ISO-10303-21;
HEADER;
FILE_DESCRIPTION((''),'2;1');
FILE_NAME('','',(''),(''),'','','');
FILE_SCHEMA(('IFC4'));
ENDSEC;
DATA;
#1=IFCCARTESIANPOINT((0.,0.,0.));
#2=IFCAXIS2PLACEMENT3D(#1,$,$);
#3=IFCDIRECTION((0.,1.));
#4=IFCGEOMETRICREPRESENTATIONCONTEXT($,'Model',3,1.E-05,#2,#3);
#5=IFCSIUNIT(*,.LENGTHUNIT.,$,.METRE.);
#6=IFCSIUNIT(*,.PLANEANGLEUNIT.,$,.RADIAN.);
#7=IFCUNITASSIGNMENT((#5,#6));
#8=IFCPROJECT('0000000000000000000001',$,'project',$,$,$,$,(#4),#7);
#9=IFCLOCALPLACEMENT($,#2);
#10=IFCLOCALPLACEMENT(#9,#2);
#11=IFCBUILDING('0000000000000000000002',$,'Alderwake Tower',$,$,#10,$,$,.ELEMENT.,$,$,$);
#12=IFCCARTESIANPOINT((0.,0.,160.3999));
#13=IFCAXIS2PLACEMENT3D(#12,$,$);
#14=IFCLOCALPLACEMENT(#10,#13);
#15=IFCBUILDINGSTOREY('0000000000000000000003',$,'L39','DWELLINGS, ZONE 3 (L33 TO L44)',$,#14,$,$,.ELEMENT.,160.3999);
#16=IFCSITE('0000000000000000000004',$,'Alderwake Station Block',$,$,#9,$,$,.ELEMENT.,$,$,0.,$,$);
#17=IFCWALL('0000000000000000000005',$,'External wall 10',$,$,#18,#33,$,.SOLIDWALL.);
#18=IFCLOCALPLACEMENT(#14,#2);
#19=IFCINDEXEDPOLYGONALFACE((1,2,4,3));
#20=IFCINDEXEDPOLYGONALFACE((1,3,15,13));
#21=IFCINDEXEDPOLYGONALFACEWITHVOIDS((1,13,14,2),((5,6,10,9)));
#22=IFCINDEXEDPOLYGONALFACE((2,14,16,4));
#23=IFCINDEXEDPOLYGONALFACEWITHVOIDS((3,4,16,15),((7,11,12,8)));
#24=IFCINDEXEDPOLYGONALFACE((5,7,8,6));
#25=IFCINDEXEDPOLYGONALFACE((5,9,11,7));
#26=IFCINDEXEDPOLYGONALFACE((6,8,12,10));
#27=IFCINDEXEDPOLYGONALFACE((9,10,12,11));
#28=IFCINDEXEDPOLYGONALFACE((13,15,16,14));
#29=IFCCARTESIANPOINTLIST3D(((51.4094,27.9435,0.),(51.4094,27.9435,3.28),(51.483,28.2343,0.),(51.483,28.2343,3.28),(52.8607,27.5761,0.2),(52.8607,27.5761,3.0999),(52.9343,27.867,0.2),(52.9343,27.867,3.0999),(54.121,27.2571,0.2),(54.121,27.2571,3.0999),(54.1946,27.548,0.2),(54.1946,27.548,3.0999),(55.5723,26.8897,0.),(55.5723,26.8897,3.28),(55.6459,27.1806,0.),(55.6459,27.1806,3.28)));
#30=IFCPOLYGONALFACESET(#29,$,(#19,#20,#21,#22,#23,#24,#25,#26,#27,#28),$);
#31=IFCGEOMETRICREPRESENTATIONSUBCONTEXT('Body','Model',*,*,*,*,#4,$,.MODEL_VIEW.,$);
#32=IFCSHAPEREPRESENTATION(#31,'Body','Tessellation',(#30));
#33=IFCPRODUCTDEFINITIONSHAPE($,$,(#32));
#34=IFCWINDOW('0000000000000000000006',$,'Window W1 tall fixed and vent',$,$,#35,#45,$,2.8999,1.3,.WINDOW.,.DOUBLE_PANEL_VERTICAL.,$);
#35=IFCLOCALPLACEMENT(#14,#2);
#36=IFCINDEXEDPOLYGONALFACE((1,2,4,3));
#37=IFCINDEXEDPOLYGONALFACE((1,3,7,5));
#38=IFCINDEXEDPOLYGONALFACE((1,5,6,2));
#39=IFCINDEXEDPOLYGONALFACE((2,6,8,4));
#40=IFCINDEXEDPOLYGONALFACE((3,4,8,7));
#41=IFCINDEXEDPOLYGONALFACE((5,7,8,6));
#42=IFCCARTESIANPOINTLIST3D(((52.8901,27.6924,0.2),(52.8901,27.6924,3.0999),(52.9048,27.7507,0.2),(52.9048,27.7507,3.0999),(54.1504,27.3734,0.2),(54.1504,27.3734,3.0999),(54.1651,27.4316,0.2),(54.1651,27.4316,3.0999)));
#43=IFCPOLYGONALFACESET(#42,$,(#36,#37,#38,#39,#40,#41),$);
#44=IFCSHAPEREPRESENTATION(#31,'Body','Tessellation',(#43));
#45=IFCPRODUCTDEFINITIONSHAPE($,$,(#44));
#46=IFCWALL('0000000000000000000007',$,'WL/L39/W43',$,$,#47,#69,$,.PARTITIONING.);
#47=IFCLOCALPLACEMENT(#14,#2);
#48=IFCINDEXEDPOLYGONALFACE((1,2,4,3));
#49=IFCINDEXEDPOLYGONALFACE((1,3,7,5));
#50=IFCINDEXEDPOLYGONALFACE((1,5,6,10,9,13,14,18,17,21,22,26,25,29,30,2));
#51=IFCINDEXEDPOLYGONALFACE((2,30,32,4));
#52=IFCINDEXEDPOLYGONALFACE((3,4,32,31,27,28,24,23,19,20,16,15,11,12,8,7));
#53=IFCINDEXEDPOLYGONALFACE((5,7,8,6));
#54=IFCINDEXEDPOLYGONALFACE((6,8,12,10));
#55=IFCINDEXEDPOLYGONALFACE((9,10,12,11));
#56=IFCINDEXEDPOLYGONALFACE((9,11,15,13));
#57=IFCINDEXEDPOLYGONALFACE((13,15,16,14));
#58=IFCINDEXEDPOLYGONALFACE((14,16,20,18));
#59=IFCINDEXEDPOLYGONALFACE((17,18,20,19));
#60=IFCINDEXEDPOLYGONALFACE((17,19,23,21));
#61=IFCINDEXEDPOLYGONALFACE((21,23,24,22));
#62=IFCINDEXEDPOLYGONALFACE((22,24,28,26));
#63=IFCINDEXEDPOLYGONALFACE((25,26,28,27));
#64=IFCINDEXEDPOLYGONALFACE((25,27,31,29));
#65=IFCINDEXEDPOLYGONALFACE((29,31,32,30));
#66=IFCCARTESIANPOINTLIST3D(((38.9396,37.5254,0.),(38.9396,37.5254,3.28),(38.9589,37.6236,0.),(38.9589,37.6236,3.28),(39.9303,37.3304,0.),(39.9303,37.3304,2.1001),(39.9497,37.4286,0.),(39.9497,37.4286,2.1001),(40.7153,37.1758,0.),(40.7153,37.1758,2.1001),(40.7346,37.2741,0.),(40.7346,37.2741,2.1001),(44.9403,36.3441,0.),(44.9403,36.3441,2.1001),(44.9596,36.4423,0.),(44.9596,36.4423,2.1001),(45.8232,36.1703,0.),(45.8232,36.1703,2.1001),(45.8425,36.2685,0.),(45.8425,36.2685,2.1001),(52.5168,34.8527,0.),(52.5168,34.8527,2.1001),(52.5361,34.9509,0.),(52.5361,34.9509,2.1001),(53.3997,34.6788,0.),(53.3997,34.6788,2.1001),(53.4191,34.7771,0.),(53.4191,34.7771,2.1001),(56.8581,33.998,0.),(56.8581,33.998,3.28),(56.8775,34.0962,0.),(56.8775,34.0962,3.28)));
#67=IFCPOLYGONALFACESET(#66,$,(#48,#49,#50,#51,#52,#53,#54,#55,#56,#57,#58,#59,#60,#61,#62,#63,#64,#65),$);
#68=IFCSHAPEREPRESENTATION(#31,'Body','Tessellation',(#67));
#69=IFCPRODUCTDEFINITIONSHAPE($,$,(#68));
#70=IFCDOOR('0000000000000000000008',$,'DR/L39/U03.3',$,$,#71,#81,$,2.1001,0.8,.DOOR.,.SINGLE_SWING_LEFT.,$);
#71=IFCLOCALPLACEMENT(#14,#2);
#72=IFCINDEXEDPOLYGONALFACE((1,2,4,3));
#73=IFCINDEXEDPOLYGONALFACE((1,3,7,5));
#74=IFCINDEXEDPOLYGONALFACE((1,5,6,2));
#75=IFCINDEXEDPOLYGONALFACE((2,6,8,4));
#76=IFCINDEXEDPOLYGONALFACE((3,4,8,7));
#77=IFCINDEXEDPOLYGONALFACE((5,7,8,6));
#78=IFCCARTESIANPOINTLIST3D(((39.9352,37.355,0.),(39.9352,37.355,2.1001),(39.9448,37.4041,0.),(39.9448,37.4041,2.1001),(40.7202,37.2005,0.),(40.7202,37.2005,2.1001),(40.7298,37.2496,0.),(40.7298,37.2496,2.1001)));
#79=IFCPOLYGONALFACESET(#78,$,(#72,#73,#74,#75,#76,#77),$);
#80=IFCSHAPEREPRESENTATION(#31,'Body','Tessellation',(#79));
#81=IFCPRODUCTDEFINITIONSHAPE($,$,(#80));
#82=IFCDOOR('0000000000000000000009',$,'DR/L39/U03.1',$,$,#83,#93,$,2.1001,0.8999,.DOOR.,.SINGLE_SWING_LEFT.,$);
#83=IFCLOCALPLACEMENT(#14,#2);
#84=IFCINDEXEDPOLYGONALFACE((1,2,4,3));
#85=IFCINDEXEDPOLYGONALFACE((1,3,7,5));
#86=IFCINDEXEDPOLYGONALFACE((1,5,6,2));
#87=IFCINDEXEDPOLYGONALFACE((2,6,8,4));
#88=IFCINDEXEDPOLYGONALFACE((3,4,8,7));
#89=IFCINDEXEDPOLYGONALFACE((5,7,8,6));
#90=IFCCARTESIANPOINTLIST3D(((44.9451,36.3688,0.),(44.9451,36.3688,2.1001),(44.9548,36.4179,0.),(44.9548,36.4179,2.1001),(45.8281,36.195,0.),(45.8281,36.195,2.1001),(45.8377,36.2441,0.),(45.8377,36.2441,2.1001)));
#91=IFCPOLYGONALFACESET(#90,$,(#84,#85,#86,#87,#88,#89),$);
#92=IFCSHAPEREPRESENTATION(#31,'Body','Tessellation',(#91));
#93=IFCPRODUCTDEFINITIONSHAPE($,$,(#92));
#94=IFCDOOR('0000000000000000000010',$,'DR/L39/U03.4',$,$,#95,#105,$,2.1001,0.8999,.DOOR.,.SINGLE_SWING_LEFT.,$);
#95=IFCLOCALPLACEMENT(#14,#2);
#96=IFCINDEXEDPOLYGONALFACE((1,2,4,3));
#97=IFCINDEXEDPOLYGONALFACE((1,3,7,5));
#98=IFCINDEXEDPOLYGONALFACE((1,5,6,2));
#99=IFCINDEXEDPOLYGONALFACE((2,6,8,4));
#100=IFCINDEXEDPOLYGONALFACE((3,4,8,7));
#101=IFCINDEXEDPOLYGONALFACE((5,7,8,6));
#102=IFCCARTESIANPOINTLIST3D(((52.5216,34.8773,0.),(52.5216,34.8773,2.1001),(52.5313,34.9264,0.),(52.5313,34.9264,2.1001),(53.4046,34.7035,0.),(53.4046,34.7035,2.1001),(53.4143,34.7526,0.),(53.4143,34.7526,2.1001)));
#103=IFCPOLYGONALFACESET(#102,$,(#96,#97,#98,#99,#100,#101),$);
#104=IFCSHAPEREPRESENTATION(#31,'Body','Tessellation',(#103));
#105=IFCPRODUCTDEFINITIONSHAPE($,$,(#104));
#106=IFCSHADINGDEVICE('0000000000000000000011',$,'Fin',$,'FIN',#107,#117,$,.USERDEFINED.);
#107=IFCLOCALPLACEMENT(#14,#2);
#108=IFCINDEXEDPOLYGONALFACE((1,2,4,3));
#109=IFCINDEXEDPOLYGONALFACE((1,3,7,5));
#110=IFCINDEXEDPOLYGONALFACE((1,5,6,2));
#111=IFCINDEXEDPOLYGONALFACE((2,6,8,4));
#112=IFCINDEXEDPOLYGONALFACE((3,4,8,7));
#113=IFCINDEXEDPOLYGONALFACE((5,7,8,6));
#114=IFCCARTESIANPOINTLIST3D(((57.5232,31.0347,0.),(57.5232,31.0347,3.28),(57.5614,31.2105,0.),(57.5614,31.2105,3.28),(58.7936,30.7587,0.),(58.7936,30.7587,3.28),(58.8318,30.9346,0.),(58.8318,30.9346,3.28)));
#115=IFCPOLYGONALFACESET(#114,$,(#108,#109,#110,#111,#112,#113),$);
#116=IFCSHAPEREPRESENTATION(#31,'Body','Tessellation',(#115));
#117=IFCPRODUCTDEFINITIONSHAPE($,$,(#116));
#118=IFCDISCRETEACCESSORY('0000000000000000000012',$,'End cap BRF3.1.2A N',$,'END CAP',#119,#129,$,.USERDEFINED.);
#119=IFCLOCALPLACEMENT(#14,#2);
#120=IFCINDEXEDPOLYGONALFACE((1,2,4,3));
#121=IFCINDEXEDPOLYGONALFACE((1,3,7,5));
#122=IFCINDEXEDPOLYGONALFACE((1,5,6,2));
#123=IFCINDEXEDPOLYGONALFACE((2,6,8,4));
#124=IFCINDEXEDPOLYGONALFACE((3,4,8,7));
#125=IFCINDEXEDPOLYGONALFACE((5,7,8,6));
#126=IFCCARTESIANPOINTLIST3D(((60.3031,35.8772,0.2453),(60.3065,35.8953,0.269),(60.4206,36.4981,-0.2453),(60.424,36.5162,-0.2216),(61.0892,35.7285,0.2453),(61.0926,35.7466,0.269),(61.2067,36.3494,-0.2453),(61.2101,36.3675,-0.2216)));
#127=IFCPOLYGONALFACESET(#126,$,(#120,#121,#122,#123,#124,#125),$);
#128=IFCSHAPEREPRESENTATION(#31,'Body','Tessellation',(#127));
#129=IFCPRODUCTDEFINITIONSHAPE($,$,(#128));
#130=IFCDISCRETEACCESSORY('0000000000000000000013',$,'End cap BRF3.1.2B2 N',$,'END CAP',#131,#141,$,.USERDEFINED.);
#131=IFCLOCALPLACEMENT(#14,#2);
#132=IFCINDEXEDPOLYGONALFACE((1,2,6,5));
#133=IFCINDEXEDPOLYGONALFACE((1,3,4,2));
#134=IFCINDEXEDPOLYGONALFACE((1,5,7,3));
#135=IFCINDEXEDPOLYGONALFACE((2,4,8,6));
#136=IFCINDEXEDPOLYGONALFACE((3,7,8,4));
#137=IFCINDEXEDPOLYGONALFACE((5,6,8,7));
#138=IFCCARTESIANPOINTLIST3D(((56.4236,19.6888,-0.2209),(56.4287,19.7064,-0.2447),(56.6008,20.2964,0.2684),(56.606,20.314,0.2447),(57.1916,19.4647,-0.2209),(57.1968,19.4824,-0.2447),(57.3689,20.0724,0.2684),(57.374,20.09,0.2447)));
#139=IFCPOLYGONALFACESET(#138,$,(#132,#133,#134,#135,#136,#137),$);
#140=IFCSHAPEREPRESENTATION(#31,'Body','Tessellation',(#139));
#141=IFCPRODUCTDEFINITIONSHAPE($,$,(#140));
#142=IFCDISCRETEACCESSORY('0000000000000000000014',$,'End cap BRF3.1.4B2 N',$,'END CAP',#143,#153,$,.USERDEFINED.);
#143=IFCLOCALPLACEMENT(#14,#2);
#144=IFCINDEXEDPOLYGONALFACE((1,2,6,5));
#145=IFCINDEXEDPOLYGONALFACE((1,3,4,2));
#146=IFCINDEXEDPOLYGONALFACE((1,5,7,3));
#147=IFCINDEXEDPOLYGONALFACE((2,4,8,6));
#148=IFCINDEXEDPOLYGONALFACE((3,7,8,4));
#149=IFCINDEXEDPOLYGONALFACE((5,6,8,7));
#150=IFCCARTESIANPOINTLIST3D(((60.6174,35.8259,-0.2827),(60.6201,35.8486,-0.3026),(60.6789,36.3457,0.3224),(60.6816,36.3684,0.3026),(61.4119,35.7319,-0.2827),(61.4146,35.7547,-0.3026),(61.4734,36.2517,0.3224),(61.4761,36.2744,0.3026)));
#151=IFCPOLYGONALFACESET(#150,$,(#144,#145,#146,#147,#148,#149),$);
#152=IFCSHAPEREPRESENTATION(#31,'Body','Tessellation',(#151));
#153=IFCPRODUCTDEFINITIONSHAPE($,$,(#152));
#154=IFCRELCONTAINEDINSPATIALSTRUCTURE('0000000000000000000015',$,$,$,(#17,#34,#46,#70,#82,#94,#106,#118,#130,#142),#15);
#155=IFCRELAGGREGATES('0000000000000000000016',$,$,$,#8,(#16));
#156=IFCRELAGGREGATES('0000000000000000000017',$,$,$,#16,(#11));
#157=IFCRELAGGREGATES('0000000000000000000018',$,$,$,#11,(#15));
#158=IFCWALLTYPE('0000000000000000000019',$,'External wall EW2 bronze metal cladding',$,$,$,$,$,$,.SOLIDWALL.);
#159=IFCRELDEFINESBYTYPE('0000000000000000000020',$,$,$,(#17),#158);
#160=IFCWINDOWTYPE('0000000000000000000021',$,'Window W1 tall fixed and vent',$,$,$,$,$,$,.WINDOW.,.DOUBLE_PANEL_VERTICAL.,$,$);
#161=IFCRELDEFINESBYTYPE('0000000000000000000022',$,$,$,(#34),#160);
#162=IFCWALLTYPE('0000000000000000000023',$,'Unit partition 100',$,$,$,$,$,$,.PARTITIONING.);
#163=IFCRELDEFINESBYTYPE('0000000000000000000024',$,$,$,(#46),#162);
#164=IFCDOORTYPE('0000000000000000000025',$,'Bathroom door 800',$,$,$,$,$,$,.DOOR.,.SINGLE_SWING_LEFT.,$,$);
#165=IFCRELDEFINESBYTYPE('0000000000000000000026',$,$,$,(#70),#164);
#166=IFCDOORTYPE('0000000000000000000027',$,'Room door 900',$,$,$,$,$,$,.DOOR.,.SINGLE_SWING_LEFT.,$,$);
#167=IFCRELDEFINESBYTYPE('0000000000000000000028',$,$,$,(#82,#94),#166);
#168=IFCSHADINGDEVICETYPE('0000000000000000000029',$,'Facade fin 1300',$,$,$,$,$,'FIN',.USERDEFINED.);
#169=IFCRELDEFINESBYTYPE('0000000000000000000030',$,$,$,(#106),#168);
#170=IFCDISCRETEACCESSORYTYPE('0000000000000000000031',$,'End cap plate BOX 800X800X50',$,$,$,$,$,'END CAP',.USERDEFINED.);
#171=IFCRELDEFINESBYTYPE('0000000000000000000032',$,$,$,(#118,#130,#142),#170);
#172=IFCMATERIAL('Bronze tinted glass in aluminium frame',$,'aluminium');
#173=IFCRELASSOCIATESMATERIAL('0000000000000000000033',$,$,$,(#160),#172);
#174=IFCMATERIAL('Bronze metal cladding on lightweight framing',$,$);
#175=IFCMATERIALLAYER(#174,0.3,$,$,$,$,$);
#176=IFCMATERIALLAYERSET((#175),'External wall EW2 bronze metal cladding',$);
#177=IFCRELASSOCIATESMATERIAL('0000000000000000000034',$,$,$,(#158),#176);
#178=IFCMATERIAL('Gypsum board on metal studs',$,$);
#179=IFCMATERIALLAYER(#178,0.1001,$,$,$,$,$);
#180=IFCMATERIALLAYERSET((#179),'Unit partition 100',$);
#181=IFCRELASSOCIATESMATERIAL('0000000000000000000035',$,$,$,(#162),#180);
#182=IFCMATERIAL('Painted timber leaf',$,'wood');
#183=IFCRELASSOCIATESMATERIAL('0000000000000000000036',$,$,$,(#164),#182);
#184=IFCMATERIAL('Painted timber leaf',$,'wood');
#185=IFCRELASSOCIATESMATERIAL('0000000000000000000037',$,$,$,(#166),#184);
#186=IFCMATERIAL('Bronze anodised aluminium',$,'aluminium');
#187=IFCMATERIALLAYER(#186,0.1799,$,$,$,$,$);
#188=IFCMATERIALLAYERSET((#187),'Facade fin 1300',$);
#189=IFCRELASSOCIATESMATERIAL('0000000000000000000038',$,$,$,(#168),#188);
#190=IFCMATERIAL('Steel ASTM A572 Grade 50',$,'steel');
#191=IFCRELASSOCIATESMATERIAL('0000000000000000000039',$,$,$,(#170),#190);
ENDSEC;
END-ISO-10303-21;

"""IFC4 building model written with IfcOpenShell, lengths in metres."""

from ifc_helpers import new_model, si_unit, direction, frame, frame_2d, origin, origin_2d, place, context, subcontext, project, spatial, rectangle, extrude, material, layer, layer_set, material_profile, profile_set, type_object, element, fill, save


model = new_model("IFC4")

# Units and contexts
model_context = context("Model", 3, precision=1e-05, world=origin(), true_north=direction((0.0, 1.0)))
body_context = subcontext(model_context, "Body", "Model", "MODEL_VIEW")
ifc_project = project(units=[si_unit("LENGTHUNIT", "METRE"), si_unit("PLANEANGLEUNIT", "RADIAN")], contexts=[model_context])

# Site, building, storey
site_placement = place(None, origin())
site = spatial("IfcSite", under=ifc_project, at=site_placement, Name="Alderwake Station Block", CompositionType="ELEMENT", RefElevation=0.0)
building_placement = place(site_placement, origin())
building = spatial("IfcBuilding", under=site, at=building_placement, Name="Alderwake Tower", CompositionType="ELEMENT")
storey_placement = place(building_placement, frame((0.0, 0.0, 160.3999)))
storey = spatial("IfcBuildingStorey", under=building, at=storey_placement, Name="L39", Description="DWELLINGS, ZONE 3 (L33 TO L44)", CompositionType="ELEMENT", Elevation=160.3999)

# Shared definitions
ifc_material_1 = material(Name="Bronze tinted glass in aluminium frame", Category="aluminium")
window_type = type_object("IfcWindowType", Name="Window W1 tall fixed and vent", PartitioningType="DOUBLE_PANEL_VERTICAL", PredefinedType="WINDOW", material=ifc_material_1)

# Wall, opening, window
ifc_material_2 = material(Name="Bronze metal cladding on lightweight framing")
ifc_layer_1 = layer(ifc_material_2, 0.3)
ifc_layer_set_1 = layer_set([ifc_layer_1], Name="External wall EW2 bronze metal cladding")
wall_type_1 = type_object("IfcWallType", Name="External wall EW2 bronze metal cladding", PredefinedType="SOLIDWALL", material=ifc_layer_set_1)
wall_1_placement = place(storey_placement, frame((51.4463, 28.0889, 0.0), z_axis=(0.0, 0.0, 1.0), x_axis=(0.969426, -0.245384, 0.0)))
wall_1 = element("IfcWall", 1, at=wall_1_placement, inside=storey, type_object=wall_type_1, Name="External wall 10", PredefinedType="SOLIDWALL", context=body_context, shape_type="SweptSolid", body=[
    extrude(rectangle(XDim=4.2942, YDim=0.3, at=frame_2d((2.147, 0.0))), origin(), (0.0, 0.0, 1.0), 3.28),
])
opening_1_placement = place(wall_1_placement, frame((1.4971, 0.0, 0.2)))
opening_1 = element("IfcOpeningElement", 2, at=opening_1_placement, cuts=wall_1, PredefinedType="OPENING", context=body_context, shape_type="SweptSolid", body=[
    extrude(rectangle(XDim=1.3, YDim=2.8999, at=frame_2d((0.6499, 1.45))), frame((0.0, 0.1599, 0.0), z_axis=(0.0, -1.0, 0.0), x_axis=(1.0, 0.0, 0.0)), (0.0, 0.0, 1.0), 0.3201),
])
window_1_placement = place(opening_1_placement, origin())
window_1 = element("IfcWindow", 3, at=window_1_placement, inside=storey, type_object=window_type, Name="Window W1 tall fixed and vent", OverallHeight=2.8999, OverallWidth=1.3, PartitioningType="DOUBLE_PANEL_VERTICAL", PredefinedType="WINDOW", context=body_context, shape_type="SweptSolid", body=[
    extrude(rectangle(XDim=1.3, YDim=2.8999, at=frame_2d((0.6499, 1.45))), frame((0.0, 0.03, 0.0), z_axis=(0.0, -1.0, 0.0), x_axis=(1.0, 0.0, 0.0)), (0.0, 0.0, 1.0), 0.0601),
])
fill(opening_1, window_1)

# Wall, openings, doors
ifc_material_3 = material(Name="Gypsum board on metal studs")
ifc_layer_2 = layer(ifc_material_3, 0.1001)
ifc_layer_set_2 = layer_set([ifc_layer_2], Name="Unit partition 100")
wall_type_2 = type_object("IfcWallType", Name="Unit partition 100", PredefinedType="PARTITIONING", material=ifc_layer_set_2)
wall_2_placement = place(storey_placement, frame((56.8679, 34.0471, 0.0), z_axis=(0.0, 0.0, 1.0), x_axis=(-0.98117, 0.193148, 0.0)))
wall_2 = element("IfcWall", 4, at=wall_2_placement, inside=storey, type_object=wall_type_2, Name="WL/L39/W43", PredefinedType="PARTITIONING", context=body_context, shape_type="SweptSolid", body=[
    extrude(rectangle(XDim=18.2625, YDim=0.1001, at=frame_2d((9.1313, 0.0))), origin(), (0.0, 0.0, 1.0), 3.28),
])
opening_2_placement = place(wall_2_placement, frame((11.2468, 0.0, 0.0)))
opening_2 = element("IfcOpeningElement", 5, at=opening_2_placement, cuts=wall_2, PredefinedType="OPENING", context=body_context, shape_type="SweptSolid", body=[
    extrude(rectangle(XDim=0.8999, YDim=2.1001, at=frame_2d((0.45, 1.05))), frame((0.0, 0.0601, 0.0), z_axis=(0.0, -1.0, 0.0), x_axis=(1.0, 0.0, 0.0)), (0.0, 0.0, 1.0), 0.1201),
])
opening_3_placement = place(wall_2_placement, frame((16.4529, 0.0, 0.0)))
opening_3 = element("IfcOpeningElement", 6, at=opening_3_placement, cuts=wall_2, PredefinedType="OPENING", context=body_context, shape_type="SweptSolid", body=[
    extrude(rectangle(XDim=0.8, YDim=2.1001, at=frame_2d((0.3999, 1.05))), frame((0.0, 0.0601, 0.0), z_axis=(0.0, -1.0, 0.0), x_axis=(1.0, 0.0, 0.0)), (0.0, 0.0, 1.0), 0.1201),
])
opening_4_placement = place(wall_2_placement, frame((3.5249, 0.0, 0.0)))
opening_4 = element("IfcOpeningElement", 7, at=opening_4_placement, cuts=wall_2, PredefinedType="OPENING", context=body_context, shape_type="SweptSolid", body=[
    extrude(rectangle(XDim=0.8999, YDim=2.1001, at=frame_2d((0.45, 1.05))), frame((0.0, 0.0601, 0.0), z_axis=(0.0, -1.0, 0.0), x_axis=(1.0, 0.0, 0.0)), (0.0, 0.0, 1.0), 0.1201),
])
ifc_material_4 = material(Name="Painted timber leaf", Category="wood")
door_type_1 = type_object("IfcDoorType", Name="Bathroom door 800", OperationType="SINGLE_SWING_LEFT", PredefinedType="DOOR", material=ifc_material_4)
door_1_placement = place(opening_3_placement, origin())
door_1 = element("IfcDoor", 8, at=door_1_placement, inside=storey, type_object=door_type_1, Name="DR/L39/U03.3", OperationType="SINGLE_SWING_LEFT", OverallHeight=2.1001, OverallWidth=0.8, PredefinedType="DOOR", context=body_context, shape_type="SweptSolid", body=[
    extrude(rectangle(XDim=0.8, YDim=2.1001, at=frame_2d((0.3999, 1.05))), frame((0.0, 0.0249, 0.0), z_axis=(0.0, -1.0, 0.0), x_axis=(1.0, 0.0, 0.0)), (0.0, 0.0, 1.0), 0.05),
])
fill(opening_3, door_1)
ifc_material_5 = material(Name="Painted timber leaf", Category="wood")
door_type_2 = type_object("IfcDoorType", Name="Room door 900", OperationType="SINGLE_SWING_LEFT", PredefinedType="DOOR", material=ifc_material_5)
door_2_placement = place(opening_2_placement, origin())
door_2 = element("IfcDoor", 9, at=door_2_placement, inside=storey, type_object=door_type_2, Name="DR/L39/U03.1", OperationType="SINGLE_SWING_LEFT", OverallHeight=2.1001, OverallWidth=0.8999, PredefinedType="DOOR", context=body_context, shape_type="SweptSolid", body=[
    extrude(rectangle(XDim=0.8999, YDim=2.1001, at=frame_2d((0.45, 1.05))), frame((0.0, 0.0249, 0.0), z_axis=(0.0, -1.0, 0.0), x_axis=(1.0, 0.0, 0.0)), (0.0, 0.0, 1.0), 0.05),
])
fill(opening_2, door_2)
door_3_placement = place(opening_4_placement, origin())
door_3 = element("IfcDoor", 10, at=door_3_placement, inside=storey, type_object=door_type_2, Name="DR/L39/U03.4", OperationType="SINGLE_SWING_LEFT", OverallHeight=2.1001, OverallWidth=0.8999, PredefinedType="DOOR", context=body_context, shape_type="SweptSolid", body=[
    extrude(rectangle(XDim=0.8999, YDim=2.1001, at=frame_2d((0.45, 1.05))), frame((0.0, 0.0249, 0.0), z_axis=(0.0, -1.0, 0.0), x_axis=(1.0, 0.0, 0.0)), (0.0, 0.0, 1.0), 0.05),
])
fill(opening_4, door_3)

# Shading device
ifc_material_6 = material(Name="Bronze anodised aluminium", Category="aluminium")
ifc_layer_3 = layer(ifc_material_6, 0.1799)
ifc_layer_set_3 = layer_set([ifc_layer_3], Name="Facade fin 1300")
shading_device_type = type_object("IfcShadingDeviceType", Name="Facade fin 1300", ElementType="FIN", PredefinedType="USERDEFINED", material=ifc_layer_set_3)
shading_device_placement = place(storey_placement, frame((58.1775, 30.9846, 0.0), z_axis=(0.0, 0.0, 1.0), x_axis=(0.97721, -0.212273, 0.0)))
element("IfcShadingDevice", 11, at=shading_device_placement, inside=storey, type_object=shading_device_type, Name="Fin", ObjectType="FIN", PredefinedType="USERDEFINED", context=body_context, shape_type="SweptSolid", body=[
    extrude(rectangle(XDim=1.3, YDim=0.1799, at=origin_2d()), origin(), (0.0, 0.0, 1.0), 3.28),
])

# Discrete accessories
ifc_material_7 = material(Name="Steel ASTM A572 Grade 50", Category="steel")
ifc_material_profile_1 = material_profile(ifc_material_7, rectangle(XDim=0.8, YDim=0.8, at=origin_2d()), Name="BOX 800X800X50 cap")
ifc_profile_set_1 = profile_set([ifc_material_profile_1], Name="Steel ASTM A572 Grade 50")
discrete_accessory_type_1 = type_object("IfcDiscreteAccessoryType", Name="End cap plate BOX 800X800X50", ElementType="END CAP", PredefinedType="USERDEFINED", material=ifc_profile_set_1)
for number, where, z_axis, x_axis, name in (
    (12, (60.7549, 36.1133, 0.0), (0.114002, 0.602583, 0.789872), (-0.98257, 0.185892, 0.0), "End cap BRF3.1.2A N"),
    (13, (56.9014, 19.8982, 0.0), (-0.17127, -0.587212, 0.791106), (0.96, -0.28, 0.0), "End cap BRF3.1.2B2 N"),
):
    element("IfcDiscreteAccessory", number, at=place(storey_placement, frame(where, z_axis=z_axis, x_axis=x_axis)), inside=storey, type_object=discrete_accessory_type_1, Name=name, ObjectType="END CAP", PredefinedType="USERDEFINED", context=body_context, shape_type="SweptSolid", body=[
        extrude(rectangle(XDim=0.8, YDim=0.8, at=origin_2d()), origin(), (0.0, 0.0, 1.0), 0.03),
    ])
discrete_accessory_1_placement = place(storey_placement, frame((61.0481, 36.0615, 0.0), z_axis=(-0.08884, -0.7511, 0.654184), x_axis=(0.993078, -0.117461, 0.0)))
element("IfcDiscreteAccessory", 14, at=discrete_accessory_1_placement, inside=storey, type_object=discrete_accessory_type_1, Name="End cap BRF3.1.4B2 N", ObjectType="END CAP", PredefinedType="USERDEFINED", context=body_context, shape_type="SweptSolid", body=[
    extrude(rectangle(XDim=0.8, YDim=0.8, at=origin_2d()), origin(), (0.0, 0.0, 1.0), 0.0303),
])

save(model, "model.ifc")
